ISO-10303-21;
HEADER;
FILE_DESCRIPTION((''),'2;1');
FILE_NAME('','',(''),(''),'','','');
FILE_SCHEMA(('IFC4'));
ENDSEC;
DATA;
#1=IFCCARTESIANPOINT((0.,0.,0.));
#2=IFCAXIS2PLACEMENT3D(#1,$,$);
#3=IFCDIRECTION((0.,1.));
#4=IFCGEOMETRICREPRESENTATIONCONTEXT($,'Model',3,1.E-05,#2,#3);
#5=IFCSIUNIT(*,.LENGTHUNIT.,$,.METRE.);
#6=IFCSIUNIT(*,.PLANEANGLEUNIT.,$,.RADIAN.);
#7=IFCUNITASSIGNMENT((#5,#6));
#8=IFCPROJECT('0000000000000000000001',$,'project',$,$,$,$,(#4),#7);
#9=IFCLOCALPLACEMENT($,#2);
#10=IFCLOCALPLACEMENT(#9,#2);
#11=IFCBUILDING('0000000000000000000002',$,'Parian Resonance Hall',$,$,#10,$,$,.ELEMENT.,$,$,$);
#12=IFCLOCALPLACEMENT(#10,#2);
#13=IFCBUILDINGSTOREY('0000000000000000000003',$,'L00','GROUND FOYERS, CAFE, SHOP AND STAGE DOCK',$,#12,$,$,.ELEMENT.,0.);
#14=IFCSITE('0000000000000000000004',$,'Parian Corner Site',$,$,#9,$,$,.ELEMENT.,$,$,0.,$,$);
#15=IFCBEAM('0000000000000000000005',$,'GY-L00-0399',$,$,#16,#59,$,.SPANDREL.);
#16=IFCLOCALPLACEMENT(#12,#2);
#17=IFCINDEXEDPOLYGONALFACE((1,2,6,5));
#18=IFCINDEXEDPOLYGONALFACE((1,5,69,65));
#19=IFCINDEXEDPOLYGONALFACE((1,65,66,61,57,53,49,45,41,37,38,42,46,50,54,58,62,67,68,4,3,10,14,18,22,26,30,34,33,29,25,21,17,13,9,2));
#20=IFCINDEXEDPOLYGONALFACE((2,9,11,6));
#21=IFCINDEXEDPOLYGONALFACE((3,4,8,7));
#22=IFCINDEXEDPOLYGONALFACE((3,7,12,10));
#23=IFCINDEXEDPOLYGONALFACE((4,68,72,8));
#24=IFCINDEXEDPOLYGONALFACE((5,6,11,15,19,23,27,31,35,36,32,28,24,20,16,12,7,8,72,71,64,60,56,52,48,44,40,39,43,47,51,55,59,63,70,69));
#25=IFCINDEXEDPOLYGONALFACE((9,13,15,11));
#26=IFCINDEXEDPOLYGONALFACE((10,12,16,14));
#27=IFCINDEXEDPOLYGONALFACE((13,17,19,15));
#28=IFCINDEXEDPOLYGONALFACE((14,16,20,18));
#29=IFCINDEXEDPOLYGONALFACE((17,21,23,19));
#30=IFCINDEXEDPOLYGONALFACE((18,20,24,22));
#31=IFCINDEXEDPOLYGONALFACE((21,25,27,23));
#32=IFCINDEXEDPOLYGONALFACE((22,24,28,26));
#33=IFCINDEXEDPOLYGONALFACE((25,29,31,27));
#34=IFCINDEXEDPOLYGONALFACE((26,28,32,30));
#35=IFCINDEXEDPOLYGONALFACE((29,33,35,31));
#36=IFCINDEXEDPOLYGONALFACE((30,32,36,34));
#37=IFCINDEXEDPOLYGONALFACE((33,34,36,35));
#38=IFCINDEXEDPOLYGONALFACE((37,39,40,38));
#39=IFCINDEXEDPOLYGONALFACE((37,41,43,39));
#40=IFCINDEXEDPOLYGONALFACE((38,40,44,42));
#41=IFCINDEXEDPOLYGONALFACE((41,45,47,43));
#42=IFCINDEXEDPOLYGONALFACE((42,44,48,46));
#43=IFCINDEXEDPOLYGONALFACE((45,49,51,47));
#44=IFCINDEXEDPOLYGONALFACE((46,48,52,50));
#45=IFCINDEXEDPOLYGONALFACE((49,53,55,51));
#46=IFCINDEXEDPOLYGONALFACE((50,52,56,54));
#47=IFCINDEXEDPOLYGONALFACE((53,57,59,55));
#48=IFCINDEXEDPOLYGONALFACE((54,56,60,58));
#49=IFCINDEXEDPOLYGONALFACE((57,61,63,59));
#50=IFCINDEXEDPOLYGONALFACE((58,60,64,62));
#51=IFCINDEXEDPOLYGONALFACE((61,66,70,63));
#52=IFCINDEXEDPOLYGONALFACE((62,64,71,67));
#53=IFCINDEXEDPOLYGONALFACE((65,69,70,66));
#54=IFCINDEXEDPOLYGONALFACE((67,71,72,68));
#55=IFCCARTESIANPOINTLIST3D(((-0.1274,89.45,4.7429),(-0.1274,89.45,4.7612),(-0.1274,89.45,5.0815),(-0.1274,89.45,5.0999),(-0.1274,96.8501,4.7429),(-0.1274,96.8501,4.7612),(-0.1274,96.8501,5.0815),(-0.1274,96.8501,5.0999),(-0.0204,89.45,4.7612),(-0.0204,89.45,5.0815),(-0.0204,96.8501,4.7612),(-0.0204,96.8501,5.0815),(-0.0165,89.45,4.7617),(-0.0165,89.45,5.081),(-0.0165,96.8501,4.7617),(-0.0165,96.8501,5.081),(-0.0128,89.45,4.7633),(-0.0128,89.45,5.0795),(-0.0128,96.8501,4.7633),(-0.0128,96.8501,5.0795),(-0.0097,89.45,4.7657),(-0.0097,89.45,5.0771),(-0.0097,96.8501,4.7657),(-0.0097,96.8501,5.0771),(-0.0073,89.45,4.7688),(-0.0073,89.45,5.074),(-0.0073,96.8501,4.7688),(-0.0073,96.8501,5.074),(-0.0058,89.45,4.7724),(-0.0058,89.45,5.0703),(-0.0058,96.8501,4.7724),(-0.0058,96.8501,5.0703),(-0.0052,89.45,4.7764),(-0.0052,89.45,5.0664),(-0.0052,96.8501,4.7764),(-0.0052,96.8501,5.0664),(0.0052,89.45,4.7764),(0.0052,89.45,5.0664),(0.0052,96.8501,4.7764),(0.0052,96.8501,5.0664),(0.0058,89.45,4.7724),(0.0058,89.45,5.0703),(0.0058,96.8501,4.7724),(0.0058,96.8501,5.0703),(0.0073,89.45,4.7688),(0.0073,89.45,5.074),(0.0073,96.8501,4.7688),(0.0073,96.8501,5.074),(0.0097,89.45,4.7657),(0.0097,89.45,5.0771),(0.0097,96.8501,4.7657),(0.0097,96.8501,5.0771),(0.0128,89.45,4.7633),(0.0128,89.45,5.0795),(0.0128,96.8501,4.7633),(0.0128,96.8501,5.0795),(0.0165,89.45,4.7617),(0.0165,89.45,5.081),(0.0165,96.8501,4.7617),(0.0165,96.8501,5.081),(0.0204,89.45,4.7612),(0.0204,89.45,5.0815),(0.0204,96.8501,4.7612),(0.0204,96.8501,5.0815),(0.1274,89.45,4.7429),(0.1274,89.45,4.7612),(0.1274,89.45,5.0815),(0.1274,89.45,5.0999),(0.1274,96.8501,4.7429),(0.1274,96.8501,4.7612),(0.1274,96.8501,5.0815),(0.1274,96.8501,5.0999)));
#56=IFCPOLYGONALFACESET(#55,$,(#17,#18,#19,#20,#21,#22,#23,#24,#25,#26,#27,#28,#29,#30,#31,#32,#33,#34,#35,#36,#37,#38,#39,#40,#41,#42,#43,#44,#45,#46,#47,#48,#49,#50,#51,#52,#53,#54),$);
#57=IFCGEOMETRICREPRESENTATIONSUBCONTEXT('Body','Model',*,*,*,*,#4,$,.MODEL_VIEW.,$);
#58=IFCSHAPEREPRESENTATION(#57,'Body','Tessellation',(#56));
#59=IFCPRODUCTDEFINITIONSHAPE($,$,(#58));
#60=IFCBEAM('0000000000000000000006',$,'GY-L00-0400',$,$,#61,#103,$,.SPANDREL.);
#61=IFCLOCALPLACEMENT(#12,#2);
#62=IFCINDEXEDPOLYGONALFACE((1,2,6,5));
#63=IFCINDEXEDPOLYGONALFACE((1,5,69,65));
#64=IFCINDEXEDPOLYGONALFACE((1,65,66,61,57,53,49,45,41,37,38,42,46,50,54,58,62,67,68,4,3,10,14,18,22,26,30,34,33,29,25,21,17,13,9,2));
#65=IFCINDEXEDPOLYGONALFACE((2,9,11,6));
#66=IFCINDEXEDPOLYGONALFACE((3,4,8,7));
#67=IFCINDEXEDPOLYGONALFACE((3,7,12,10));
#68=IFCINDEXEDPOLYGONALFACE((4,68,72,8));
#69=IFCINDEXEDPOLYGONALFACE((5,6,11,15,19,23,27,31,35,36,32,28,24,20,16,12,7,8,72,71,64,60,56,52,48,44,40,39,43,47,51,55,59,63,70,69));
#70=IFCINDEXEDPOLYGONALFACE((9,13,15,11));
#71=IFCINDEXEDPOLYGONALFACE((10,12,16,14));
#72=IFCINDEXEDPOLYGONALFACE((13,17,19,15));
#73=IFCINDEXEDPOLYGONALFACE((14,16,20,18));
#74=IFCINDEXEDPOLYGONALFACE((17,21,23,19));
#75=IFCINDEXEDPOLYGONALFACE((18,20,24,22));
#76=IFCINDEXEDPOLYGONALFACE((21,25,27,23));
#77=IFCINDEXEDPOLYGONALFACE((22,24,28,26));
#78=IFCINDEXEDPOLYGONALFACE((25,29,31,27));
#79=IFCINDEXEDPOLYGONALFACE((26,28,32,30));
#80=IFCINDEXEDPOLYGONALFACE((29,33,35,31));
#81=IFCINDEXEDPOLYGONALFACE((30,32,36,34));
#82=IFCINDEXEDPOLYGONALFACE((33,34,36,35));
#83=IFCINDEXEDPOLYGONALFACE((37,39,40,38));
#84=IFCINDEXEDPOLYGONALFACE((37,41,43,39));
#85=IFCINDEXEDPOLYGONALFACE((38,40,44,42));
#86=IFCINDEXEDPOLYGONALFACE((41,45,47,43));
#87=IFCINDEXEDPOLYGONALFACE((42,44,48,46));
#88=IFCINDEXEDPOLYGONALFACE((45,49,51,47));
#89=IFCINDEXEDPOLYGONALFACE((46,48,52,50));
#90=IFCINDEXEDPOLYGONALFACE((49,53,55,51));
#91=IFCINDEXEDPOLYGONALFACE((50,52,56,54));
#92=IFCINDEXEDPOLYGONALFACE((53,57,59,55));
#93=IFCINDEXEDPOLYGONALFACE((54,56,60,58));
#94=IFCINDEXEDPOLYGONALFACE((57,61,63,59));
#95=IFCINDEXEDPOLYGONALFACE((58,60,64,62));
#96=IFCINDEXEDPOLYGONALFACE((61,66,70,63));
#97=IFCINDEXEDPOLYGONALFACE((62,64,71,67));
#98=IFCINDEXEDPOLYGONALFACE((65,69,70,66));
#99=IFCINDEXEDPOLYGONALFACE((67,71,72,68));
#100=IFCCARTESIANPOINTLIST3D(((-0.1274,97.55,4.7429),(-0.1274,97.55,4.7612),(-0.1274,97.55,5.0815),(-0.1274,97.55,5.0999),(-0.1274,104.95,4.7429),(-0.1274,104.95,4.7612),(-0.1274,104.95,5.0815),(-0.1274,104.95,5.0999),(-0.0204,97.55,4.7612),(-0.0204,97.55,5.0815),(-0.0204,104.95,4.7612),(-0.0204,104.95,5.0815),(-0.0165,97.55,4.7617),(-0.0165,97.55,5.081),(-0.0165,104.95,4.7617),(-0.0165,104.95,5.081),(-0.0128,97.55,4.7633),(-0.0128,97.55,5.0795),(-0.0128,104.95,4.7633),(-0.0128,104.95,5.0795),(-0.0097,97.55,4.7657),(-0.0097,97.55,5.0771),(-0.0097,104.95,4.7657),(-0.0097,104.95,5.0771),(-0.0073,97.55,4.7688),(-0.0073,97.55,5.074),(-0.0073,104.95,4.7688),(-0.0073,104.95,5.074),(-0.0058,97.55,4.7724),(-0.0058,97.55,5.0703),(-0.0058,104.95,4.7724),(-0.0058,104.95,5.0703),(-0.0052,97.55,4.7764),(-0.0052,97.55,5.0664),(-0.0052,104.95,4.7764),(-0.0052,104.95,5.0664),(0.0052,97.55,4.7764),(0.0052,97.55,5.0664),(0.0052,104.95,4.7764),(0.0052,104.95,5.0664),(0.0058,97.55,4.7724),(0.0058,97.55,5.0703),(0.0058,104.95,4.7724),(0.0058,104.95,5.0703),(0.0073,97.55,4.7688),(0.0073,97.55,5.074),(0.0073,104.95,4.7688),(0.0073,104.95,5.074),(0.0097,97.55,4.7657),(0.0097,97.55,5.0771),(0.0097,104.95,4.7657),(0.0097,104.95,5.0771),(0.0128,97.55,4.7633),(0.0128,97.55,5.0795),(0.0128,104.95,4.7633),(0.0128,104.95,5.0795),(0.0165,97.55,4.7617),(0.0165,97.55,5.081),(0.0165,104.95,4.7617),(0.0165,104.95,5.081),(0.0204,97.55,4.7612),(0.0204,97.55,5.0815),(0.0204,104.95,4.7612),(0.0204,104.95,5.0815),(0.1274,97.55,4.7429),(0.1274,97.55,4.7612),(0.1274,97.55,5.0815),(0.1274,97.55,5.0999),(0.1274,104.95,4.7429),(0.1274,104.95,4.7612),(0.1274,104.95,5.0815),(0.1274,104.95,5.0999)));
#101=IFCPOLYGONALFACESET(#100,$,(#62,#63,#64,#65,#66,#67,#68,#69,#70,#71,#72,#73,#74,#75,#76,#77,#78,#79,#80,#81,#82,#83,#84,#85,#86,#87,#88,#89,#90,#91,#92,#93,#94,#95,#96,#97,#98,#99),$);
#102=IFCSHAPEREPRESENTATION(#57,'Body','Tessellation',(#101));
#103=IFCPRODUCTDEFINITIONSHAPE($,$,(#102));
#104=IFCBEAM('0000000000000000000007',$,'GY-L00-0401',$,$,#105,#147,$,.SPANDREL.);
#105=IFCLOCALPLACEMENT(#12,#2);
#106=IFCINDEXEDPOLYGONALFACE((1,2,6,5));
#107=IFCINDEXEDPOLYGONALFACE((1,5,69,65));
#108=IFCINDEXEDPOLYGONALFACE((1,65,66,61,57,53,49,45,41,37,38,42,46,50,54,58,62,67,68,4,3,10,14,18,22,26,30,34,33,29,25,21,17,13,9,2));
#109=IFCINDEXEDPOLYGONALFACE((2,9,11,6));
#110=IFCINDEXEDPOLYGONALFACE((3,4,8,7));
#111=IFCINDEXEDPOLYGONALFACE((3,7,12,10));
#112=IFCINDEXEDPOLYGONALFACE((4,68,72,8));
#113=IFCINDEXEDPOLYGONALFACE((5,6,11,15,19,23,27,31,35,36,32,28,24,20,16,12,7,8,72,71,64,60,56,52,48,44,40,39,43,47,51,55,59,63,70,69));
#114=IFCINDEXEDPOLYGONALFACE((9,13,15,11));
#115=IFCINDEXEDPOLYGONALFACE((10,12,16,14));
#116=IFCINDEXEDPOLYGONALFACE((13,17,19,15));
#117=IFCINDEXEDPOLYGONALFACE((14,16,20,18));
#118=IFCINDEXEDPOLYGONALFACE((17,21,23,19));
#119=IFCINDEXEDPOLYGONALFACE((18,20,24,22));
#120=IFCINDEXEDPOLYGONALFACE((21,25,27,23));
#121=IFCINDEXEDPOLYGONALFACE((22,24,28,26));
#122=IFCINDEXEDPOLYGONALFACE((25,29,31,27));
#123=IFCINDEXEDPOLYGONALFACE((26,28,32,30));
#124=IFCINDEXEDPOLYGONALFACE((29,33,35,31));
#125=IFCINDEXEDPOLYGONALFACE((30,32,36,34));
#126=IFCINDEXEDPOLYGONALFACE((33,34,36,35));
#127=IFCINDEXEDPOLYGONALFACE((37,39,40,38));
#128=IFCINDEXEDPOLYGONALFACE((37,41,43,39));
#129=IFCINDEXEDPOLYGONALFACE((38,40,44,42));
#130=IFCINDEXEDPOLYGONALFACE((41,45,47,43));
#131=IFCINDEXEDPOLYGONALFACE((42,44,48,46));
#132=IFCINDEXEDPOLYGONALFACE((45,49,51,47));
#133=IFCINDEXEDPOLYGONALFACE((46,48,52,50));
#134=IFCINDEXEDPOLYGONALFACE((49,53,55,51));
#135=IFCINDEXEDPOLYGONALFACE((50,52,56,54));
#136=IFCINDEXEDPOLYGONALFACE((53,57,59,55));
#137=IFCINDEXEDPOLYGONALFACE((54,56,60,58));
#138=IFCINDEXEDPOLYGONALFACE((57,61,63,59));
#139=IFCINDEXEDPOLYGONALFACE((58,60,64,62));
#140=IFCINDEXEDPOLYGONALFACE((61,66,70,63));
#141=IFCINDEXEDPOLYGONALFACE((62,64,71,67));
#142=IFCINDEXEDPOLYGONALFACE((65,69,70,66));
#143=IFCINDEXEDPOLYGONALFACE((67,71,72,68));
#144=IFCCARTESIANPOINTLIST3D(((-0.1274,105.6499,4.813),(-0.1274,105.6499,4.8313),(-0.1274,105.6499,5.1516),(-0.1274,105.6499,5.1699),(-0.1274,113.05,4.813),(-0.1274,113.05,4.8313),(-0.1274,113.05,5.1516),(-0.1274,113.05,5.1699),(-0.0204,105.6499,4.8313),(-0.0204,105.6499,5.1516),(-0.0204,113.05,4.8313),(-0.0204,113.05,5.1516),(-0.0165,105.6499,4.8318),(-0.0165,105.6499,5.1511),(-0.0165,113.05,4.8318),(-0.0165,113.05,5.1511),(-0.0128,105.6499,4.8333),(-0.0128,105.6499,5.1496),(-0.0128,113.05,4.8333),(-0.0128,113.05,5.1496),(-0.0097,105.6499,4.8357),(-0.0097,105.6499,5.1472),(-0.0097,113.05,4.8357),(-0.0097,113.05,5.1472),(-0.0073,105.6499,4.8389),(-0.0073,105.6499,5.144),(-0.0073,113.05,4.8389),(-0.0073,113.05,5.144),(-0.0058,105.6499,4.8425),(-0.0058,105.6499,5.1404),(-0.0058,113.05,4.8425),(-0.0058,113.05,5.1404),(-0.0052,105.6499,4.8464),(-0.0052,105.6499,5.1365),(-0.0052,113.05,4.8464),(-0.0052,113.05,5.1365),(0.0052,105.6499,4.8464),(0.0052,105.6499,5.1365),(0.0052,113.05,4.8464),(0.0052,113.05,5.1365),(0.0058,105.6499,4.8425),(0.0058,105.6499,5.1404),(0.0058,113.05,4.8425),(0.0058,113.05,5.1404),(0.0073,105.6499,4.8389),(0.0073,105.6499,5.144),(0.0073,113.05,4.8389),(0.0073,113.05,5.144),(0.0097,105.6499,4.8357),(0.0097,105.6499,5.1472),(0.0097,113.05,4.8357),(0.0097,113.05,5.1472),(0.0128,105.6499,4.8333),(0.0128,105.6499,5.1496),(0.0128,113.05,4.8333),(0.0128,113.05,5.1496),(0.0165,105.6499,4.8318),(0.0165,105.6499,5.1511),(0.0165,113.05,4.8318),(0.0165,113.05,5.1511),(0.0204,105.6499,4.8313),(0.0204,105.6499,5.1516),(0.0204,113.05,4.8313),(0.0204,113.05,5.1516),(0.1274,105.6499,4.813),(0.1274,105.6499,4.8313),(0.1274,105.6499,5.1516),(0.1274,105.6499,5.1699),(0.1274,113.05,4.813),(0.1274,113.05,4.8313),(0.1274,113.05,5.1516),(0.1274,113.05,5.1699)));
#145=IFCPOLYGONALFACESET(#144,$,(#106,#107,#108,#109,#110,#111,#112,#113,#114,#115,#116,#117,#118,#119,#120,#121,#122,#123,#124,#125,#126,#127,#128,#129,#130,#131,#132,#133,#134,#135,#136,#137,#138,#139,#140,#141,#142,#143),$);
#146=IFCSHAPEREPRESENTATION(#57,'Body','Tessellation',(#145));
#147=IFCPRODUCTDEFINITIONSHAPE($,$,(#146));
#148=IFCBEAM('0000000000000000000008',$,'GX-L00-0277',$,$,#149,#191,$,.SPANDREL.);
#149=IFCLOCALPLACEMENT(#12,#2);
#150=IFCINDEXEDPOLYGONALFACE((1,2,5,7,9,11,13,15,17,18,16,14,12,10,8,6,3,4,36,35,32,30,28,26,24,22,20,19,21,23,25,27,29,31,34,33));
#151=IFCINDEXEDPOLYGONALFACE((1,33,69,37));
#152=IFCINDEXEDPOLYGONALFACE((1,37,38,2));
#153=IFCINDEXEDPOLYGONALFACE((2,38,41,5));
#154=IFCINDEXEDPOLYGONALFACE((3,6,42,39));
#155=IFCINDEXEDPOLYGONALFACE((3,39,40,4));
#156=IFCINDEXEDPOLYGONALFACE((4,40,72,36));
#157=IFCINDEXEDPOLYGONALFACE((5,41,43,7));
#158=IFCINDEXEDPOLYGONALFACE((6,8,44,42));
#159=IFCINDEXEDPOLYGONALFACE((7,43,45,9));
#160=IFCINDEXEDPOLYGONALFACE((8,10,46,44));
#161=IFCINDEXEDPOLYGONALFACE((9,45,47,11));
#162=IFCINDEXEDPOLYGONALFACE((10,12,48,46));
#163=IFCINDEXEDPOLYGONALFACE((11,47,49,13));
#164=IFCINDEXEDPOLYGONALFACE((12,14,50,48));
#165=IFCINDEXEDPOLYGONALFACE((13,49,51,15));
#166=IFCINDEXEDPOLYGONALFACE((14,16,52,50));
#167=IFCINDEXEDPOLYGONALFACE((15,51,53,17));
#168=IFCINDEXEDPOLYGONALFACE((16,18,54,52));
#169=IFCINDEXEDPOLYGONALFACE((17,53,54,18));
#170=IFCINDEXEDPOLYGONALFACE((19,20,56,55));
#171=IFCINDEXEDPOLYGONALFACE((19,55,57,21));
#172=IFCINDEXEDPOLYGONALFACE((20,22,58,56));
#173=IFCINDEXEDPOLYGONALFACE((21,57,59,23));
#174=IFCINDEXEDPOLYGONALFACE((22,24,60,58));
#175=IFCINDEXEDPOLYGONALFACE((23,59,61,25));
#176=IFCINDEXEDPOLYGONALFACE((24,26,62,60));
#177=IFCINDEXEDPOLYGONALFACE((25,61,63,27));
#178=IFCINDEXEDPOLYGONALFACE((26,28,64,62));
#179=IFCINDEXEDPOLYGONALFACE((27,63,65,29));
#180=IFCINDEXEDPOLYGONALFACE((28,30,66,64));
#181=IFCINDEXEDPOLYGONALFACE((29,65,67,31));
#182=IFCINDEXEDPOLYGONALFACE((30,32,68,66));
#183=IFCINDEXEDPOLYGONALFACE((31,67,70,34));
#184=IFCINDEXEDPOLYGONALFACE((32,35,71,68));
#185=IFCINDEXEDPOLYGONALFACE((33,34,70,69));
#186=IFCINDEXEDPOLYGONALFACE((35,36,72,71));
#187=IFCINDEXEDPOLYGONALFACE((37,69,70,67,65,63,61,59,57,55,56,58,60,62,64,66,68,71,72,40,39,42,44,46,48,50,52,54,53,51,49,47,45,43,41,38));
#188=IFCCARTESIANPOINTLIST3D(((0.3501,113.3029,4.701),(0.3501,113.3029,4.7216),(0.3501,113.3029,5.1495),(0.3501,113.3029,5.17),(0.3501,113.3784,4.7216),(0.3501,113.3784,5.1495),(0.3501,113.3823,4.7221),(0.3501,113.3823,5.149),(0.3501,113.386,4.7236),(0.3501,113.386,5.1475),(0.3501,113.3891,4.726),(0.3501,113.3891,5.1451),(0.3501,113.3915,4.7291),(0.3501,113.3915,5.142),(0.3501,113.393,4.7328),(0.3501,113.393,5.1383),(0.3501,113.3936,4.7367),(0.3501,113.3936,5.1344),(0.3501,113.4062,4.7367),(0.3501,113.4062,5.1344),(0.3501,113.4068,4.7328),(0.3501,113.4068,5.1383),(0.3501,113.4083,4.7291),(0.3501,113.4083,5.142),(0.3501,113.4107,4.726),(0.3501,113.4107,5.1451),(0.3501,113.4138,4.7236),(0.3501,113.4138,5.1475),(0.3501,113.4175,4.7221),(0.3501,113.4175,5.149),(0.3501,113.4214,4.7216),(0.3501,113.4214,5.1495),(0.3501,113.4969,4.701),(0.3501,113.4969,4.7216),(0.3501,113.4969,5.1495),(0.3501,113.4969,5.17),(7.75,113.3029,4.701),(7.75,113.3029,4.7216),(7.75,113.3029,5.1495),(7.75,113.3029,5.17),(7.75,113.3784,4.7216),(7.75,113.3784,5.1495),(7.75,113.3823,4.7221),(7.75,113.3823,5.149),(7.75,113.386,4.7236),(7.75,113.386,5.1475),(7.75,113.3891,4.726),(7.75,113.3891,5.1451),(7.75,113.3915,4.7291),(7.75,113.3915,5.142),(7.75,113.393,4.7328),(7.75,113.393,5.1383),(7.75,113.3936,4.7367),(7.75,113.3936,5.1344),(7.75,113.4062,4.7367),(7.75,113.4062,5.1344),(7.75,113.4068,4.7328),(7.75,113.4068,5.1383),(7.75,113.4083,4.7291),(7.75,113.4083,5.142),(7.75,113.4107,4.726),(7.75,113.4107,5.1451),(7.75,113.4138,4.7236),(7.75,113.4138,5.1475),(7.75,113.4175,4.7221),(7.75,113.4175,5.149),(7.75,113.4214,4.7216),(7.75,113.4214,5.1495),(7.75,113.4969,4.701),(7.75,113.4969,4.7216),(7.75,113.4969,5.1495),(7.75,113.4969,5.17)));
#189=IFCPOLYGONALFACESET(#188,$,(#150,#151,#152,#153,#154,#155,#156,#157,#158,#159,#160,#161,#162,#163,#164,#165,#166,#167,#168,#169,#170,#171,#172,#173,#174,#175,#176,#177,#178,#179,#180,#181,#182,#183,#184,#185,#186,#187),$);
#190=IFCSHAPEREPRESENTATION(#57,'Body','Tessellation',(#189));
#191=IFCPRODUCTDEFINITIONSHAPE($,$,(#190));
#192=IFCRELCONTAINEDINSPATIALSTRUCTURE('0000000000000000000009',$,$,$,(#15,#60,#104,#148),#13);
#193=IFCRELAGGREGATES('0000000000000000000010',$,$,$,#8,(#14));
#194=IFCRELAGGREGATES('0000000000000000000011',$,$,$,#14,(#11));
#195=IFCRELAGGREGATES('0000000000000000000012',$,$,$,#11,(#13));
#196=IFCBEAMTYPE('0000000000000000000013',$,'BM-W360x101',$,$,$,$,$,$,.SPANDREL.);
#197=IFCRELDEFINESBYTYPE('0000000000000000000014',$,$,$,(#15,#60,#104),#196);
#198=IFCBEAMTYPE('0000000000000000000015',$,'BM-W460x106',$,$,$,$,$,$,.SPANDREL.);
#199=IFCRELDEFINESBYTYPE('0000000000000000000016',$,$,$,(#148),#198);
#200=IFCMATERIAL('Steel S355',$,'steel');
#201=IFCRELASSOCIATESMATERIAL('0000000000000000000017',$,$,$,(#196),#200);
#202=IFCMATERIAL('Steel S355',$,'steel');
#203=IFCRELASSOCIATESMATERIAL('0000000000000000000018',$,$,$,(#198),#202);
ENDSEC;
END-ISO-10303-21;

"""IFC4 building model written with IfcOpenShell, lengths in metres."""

from ifc_helpers import new_model, si_unit, direction, frame, origin, origin_2d, place, context, subcontext, project, spatial, i_section, extrude, material, material_profile, profile_set, type_object, element, save


model = new_model("IFC4")

# Units and contexts
model_context = context("Model", 3, precision=1e-05, world=origin(), true_north=direction((0.0, 1.0)))
body_context = subcontext(model_context, "Body", "Model", "MODEL_VIEW")
ifc_project = project(units=[si_unit("LENGTHUNIT", "METRE"), si_unit("PLANEANGLEUNIT", "RADIAN")], contexts=[model_context])

# Site, building, storey
site_placement = place(None, origin())
site = spatial("IfcSite", under=ifc_project, at=site_placement, Name="Parian Corner Site", CompositionType="ELEMENT", RefElevation=0.0)
building_placement = place(site_placement, origin())
building = spatial("IfcBuilding", under=site, at=building_placement, Name="Parian Resonance Hall", CompositionType="ELEMENT")
storey_placement = place(building_placement, origin())
storey = spatial("IfcBuildingStorey", under=building, at=storey_placement, Name="L00", Description="GROUND FOYERS, CAFE, SHOP AND STAGE DOCK", CompositionType="ELEMENT", Elevation=0.0)

# Beams
ifc_material_1 = material(Name="Steel S355", Category="steel")
ifc_material_profile_1 = material_profile(ifc_material_1, i_section(OverallWidth=0.2549, OverallDepth=0.3569, WebThickness=0.0105, FlangeThickness=0.0183, FilletRadius=0.0151, at=origin_2d()), Name="W360x101")
ifc_profile_set_1 = profile_set([ifc_material_profile_1], Name="Steel S355")
beam_type_1 = type_object("IfcBeamType", Name="BM-W360x101", PredefinedType="SPANDREL", material=ifc_profile_set_1)
beam_1_placement = place(storey_placement, frame((0.0, 89.45, 4.9214), z_axis=(0.0, 1.0, 0.0), x_axis=(-1.0, 0.0, 0.0)))
element("IfcBeam", 1, at=beam_1_placement, inside=storey, type_object=beam_type_1, Name="GY-L00-0399", PredefinedType="SPANDREL", context=body_context, shape_type="SweptSolid", body=[
    extrude(i_section(OverallWidth=0.2549, OverallDepth=0.3569, WebThickness=0.0105, FlangeThickness=0.0183, FilletRadius=0.0151, at=origin_2d()), origin(), (0.0, 0.0, 1.0), 7.4001),
])
beam_2_placement = place(storey_placement, frame((0.0, 97.55, 4.9214), z_axis=(0.0, 1.0, 0.0), x_axis=(-1.0, 0.0, 0.0)))
element("IfcBeam", 2, at=beam_2_placement, inside=storey, type_object=beam_type_1, Name="GY-L00-0400", PredefinedType="SPANDREL", context=body_context, shape_type="SweptSolid", body=[
    extrude(i_section(OverallWidth=0.2549, OverallDepth=0.3569, WebThickness=0.0105, FlangeThickness=0.0183, FilletRadius=0.0151, at=origin_2d()), origin(), (0.0, 0.0, 1.0), 7.3999),
])
beam_3_placement = place(storey_placement, frame((0.0, 105.6499, 4.9915), z_axis=(0.0, 1.0, 0.0), x_axis=(-1.0, 0.0, 0.0)))
element("IfcBeam", 3, at=beam_3_placement, inside=storey, type_object=beam_type_1, Name="GY-L00-0401", PredefinedType="SPANDREL", context=body_context, shape_type="SweptSolid", body=[
    extrude(i_section(OverallWidth=0.2549, OverallDepth=0.3569, WebThickness=0.0105, FlangeThickness=0.0183, FilletRadius=0.0151, at=origin_2d()), origin(), (0.0, 0.0, 1.0), 7.4001),
])
ifc_material_2 = material(Name="Steel S355", Category="steel")
ifc_material_profile_2 = material_profile(ifc_material_2, i_section(OverallWidth=0.1941, OverallDepth=0.469, WebThickness=0.0127, FlangeThickness=0.0205, FilletRadius=0.0151, at=origin_2d()), Name="W460x106")
ifc_profile_set_2 = profile_set([ifc_material_profile_2], Name="Steel S355")
beam_type_2 = type_object("IfcBeamType", Name="BM-W460x106", PredefinedType="SPANDREL", material=ifc_profile_set_2)
beam_4_placement = place(storey_placement, frame((0.3501, 113.3999, 4.9355), z_axis=(1.0, 0.0, 0.0), x_axis=(0.0, 1.0, 0.0)))
element("IfcBeam", 4, at=beam_4_placement, inside=storey, type_object=beam_type_2, Name="GX-L00-0277", PredefinedType="SPANDREL", context=body_context, shape_type="SweptSolid", body=[
    extrude(i_section(OverallWidth=0.1941, OverallDepth=0.469, WebThickness=0.0127, FlangeThickness=0.0205, FilletRadius=0.0151, at=origin_2d()), origin(), (0.0, 0.0, 1.0), 7.3999),
])

save(model, "model.ifc")
